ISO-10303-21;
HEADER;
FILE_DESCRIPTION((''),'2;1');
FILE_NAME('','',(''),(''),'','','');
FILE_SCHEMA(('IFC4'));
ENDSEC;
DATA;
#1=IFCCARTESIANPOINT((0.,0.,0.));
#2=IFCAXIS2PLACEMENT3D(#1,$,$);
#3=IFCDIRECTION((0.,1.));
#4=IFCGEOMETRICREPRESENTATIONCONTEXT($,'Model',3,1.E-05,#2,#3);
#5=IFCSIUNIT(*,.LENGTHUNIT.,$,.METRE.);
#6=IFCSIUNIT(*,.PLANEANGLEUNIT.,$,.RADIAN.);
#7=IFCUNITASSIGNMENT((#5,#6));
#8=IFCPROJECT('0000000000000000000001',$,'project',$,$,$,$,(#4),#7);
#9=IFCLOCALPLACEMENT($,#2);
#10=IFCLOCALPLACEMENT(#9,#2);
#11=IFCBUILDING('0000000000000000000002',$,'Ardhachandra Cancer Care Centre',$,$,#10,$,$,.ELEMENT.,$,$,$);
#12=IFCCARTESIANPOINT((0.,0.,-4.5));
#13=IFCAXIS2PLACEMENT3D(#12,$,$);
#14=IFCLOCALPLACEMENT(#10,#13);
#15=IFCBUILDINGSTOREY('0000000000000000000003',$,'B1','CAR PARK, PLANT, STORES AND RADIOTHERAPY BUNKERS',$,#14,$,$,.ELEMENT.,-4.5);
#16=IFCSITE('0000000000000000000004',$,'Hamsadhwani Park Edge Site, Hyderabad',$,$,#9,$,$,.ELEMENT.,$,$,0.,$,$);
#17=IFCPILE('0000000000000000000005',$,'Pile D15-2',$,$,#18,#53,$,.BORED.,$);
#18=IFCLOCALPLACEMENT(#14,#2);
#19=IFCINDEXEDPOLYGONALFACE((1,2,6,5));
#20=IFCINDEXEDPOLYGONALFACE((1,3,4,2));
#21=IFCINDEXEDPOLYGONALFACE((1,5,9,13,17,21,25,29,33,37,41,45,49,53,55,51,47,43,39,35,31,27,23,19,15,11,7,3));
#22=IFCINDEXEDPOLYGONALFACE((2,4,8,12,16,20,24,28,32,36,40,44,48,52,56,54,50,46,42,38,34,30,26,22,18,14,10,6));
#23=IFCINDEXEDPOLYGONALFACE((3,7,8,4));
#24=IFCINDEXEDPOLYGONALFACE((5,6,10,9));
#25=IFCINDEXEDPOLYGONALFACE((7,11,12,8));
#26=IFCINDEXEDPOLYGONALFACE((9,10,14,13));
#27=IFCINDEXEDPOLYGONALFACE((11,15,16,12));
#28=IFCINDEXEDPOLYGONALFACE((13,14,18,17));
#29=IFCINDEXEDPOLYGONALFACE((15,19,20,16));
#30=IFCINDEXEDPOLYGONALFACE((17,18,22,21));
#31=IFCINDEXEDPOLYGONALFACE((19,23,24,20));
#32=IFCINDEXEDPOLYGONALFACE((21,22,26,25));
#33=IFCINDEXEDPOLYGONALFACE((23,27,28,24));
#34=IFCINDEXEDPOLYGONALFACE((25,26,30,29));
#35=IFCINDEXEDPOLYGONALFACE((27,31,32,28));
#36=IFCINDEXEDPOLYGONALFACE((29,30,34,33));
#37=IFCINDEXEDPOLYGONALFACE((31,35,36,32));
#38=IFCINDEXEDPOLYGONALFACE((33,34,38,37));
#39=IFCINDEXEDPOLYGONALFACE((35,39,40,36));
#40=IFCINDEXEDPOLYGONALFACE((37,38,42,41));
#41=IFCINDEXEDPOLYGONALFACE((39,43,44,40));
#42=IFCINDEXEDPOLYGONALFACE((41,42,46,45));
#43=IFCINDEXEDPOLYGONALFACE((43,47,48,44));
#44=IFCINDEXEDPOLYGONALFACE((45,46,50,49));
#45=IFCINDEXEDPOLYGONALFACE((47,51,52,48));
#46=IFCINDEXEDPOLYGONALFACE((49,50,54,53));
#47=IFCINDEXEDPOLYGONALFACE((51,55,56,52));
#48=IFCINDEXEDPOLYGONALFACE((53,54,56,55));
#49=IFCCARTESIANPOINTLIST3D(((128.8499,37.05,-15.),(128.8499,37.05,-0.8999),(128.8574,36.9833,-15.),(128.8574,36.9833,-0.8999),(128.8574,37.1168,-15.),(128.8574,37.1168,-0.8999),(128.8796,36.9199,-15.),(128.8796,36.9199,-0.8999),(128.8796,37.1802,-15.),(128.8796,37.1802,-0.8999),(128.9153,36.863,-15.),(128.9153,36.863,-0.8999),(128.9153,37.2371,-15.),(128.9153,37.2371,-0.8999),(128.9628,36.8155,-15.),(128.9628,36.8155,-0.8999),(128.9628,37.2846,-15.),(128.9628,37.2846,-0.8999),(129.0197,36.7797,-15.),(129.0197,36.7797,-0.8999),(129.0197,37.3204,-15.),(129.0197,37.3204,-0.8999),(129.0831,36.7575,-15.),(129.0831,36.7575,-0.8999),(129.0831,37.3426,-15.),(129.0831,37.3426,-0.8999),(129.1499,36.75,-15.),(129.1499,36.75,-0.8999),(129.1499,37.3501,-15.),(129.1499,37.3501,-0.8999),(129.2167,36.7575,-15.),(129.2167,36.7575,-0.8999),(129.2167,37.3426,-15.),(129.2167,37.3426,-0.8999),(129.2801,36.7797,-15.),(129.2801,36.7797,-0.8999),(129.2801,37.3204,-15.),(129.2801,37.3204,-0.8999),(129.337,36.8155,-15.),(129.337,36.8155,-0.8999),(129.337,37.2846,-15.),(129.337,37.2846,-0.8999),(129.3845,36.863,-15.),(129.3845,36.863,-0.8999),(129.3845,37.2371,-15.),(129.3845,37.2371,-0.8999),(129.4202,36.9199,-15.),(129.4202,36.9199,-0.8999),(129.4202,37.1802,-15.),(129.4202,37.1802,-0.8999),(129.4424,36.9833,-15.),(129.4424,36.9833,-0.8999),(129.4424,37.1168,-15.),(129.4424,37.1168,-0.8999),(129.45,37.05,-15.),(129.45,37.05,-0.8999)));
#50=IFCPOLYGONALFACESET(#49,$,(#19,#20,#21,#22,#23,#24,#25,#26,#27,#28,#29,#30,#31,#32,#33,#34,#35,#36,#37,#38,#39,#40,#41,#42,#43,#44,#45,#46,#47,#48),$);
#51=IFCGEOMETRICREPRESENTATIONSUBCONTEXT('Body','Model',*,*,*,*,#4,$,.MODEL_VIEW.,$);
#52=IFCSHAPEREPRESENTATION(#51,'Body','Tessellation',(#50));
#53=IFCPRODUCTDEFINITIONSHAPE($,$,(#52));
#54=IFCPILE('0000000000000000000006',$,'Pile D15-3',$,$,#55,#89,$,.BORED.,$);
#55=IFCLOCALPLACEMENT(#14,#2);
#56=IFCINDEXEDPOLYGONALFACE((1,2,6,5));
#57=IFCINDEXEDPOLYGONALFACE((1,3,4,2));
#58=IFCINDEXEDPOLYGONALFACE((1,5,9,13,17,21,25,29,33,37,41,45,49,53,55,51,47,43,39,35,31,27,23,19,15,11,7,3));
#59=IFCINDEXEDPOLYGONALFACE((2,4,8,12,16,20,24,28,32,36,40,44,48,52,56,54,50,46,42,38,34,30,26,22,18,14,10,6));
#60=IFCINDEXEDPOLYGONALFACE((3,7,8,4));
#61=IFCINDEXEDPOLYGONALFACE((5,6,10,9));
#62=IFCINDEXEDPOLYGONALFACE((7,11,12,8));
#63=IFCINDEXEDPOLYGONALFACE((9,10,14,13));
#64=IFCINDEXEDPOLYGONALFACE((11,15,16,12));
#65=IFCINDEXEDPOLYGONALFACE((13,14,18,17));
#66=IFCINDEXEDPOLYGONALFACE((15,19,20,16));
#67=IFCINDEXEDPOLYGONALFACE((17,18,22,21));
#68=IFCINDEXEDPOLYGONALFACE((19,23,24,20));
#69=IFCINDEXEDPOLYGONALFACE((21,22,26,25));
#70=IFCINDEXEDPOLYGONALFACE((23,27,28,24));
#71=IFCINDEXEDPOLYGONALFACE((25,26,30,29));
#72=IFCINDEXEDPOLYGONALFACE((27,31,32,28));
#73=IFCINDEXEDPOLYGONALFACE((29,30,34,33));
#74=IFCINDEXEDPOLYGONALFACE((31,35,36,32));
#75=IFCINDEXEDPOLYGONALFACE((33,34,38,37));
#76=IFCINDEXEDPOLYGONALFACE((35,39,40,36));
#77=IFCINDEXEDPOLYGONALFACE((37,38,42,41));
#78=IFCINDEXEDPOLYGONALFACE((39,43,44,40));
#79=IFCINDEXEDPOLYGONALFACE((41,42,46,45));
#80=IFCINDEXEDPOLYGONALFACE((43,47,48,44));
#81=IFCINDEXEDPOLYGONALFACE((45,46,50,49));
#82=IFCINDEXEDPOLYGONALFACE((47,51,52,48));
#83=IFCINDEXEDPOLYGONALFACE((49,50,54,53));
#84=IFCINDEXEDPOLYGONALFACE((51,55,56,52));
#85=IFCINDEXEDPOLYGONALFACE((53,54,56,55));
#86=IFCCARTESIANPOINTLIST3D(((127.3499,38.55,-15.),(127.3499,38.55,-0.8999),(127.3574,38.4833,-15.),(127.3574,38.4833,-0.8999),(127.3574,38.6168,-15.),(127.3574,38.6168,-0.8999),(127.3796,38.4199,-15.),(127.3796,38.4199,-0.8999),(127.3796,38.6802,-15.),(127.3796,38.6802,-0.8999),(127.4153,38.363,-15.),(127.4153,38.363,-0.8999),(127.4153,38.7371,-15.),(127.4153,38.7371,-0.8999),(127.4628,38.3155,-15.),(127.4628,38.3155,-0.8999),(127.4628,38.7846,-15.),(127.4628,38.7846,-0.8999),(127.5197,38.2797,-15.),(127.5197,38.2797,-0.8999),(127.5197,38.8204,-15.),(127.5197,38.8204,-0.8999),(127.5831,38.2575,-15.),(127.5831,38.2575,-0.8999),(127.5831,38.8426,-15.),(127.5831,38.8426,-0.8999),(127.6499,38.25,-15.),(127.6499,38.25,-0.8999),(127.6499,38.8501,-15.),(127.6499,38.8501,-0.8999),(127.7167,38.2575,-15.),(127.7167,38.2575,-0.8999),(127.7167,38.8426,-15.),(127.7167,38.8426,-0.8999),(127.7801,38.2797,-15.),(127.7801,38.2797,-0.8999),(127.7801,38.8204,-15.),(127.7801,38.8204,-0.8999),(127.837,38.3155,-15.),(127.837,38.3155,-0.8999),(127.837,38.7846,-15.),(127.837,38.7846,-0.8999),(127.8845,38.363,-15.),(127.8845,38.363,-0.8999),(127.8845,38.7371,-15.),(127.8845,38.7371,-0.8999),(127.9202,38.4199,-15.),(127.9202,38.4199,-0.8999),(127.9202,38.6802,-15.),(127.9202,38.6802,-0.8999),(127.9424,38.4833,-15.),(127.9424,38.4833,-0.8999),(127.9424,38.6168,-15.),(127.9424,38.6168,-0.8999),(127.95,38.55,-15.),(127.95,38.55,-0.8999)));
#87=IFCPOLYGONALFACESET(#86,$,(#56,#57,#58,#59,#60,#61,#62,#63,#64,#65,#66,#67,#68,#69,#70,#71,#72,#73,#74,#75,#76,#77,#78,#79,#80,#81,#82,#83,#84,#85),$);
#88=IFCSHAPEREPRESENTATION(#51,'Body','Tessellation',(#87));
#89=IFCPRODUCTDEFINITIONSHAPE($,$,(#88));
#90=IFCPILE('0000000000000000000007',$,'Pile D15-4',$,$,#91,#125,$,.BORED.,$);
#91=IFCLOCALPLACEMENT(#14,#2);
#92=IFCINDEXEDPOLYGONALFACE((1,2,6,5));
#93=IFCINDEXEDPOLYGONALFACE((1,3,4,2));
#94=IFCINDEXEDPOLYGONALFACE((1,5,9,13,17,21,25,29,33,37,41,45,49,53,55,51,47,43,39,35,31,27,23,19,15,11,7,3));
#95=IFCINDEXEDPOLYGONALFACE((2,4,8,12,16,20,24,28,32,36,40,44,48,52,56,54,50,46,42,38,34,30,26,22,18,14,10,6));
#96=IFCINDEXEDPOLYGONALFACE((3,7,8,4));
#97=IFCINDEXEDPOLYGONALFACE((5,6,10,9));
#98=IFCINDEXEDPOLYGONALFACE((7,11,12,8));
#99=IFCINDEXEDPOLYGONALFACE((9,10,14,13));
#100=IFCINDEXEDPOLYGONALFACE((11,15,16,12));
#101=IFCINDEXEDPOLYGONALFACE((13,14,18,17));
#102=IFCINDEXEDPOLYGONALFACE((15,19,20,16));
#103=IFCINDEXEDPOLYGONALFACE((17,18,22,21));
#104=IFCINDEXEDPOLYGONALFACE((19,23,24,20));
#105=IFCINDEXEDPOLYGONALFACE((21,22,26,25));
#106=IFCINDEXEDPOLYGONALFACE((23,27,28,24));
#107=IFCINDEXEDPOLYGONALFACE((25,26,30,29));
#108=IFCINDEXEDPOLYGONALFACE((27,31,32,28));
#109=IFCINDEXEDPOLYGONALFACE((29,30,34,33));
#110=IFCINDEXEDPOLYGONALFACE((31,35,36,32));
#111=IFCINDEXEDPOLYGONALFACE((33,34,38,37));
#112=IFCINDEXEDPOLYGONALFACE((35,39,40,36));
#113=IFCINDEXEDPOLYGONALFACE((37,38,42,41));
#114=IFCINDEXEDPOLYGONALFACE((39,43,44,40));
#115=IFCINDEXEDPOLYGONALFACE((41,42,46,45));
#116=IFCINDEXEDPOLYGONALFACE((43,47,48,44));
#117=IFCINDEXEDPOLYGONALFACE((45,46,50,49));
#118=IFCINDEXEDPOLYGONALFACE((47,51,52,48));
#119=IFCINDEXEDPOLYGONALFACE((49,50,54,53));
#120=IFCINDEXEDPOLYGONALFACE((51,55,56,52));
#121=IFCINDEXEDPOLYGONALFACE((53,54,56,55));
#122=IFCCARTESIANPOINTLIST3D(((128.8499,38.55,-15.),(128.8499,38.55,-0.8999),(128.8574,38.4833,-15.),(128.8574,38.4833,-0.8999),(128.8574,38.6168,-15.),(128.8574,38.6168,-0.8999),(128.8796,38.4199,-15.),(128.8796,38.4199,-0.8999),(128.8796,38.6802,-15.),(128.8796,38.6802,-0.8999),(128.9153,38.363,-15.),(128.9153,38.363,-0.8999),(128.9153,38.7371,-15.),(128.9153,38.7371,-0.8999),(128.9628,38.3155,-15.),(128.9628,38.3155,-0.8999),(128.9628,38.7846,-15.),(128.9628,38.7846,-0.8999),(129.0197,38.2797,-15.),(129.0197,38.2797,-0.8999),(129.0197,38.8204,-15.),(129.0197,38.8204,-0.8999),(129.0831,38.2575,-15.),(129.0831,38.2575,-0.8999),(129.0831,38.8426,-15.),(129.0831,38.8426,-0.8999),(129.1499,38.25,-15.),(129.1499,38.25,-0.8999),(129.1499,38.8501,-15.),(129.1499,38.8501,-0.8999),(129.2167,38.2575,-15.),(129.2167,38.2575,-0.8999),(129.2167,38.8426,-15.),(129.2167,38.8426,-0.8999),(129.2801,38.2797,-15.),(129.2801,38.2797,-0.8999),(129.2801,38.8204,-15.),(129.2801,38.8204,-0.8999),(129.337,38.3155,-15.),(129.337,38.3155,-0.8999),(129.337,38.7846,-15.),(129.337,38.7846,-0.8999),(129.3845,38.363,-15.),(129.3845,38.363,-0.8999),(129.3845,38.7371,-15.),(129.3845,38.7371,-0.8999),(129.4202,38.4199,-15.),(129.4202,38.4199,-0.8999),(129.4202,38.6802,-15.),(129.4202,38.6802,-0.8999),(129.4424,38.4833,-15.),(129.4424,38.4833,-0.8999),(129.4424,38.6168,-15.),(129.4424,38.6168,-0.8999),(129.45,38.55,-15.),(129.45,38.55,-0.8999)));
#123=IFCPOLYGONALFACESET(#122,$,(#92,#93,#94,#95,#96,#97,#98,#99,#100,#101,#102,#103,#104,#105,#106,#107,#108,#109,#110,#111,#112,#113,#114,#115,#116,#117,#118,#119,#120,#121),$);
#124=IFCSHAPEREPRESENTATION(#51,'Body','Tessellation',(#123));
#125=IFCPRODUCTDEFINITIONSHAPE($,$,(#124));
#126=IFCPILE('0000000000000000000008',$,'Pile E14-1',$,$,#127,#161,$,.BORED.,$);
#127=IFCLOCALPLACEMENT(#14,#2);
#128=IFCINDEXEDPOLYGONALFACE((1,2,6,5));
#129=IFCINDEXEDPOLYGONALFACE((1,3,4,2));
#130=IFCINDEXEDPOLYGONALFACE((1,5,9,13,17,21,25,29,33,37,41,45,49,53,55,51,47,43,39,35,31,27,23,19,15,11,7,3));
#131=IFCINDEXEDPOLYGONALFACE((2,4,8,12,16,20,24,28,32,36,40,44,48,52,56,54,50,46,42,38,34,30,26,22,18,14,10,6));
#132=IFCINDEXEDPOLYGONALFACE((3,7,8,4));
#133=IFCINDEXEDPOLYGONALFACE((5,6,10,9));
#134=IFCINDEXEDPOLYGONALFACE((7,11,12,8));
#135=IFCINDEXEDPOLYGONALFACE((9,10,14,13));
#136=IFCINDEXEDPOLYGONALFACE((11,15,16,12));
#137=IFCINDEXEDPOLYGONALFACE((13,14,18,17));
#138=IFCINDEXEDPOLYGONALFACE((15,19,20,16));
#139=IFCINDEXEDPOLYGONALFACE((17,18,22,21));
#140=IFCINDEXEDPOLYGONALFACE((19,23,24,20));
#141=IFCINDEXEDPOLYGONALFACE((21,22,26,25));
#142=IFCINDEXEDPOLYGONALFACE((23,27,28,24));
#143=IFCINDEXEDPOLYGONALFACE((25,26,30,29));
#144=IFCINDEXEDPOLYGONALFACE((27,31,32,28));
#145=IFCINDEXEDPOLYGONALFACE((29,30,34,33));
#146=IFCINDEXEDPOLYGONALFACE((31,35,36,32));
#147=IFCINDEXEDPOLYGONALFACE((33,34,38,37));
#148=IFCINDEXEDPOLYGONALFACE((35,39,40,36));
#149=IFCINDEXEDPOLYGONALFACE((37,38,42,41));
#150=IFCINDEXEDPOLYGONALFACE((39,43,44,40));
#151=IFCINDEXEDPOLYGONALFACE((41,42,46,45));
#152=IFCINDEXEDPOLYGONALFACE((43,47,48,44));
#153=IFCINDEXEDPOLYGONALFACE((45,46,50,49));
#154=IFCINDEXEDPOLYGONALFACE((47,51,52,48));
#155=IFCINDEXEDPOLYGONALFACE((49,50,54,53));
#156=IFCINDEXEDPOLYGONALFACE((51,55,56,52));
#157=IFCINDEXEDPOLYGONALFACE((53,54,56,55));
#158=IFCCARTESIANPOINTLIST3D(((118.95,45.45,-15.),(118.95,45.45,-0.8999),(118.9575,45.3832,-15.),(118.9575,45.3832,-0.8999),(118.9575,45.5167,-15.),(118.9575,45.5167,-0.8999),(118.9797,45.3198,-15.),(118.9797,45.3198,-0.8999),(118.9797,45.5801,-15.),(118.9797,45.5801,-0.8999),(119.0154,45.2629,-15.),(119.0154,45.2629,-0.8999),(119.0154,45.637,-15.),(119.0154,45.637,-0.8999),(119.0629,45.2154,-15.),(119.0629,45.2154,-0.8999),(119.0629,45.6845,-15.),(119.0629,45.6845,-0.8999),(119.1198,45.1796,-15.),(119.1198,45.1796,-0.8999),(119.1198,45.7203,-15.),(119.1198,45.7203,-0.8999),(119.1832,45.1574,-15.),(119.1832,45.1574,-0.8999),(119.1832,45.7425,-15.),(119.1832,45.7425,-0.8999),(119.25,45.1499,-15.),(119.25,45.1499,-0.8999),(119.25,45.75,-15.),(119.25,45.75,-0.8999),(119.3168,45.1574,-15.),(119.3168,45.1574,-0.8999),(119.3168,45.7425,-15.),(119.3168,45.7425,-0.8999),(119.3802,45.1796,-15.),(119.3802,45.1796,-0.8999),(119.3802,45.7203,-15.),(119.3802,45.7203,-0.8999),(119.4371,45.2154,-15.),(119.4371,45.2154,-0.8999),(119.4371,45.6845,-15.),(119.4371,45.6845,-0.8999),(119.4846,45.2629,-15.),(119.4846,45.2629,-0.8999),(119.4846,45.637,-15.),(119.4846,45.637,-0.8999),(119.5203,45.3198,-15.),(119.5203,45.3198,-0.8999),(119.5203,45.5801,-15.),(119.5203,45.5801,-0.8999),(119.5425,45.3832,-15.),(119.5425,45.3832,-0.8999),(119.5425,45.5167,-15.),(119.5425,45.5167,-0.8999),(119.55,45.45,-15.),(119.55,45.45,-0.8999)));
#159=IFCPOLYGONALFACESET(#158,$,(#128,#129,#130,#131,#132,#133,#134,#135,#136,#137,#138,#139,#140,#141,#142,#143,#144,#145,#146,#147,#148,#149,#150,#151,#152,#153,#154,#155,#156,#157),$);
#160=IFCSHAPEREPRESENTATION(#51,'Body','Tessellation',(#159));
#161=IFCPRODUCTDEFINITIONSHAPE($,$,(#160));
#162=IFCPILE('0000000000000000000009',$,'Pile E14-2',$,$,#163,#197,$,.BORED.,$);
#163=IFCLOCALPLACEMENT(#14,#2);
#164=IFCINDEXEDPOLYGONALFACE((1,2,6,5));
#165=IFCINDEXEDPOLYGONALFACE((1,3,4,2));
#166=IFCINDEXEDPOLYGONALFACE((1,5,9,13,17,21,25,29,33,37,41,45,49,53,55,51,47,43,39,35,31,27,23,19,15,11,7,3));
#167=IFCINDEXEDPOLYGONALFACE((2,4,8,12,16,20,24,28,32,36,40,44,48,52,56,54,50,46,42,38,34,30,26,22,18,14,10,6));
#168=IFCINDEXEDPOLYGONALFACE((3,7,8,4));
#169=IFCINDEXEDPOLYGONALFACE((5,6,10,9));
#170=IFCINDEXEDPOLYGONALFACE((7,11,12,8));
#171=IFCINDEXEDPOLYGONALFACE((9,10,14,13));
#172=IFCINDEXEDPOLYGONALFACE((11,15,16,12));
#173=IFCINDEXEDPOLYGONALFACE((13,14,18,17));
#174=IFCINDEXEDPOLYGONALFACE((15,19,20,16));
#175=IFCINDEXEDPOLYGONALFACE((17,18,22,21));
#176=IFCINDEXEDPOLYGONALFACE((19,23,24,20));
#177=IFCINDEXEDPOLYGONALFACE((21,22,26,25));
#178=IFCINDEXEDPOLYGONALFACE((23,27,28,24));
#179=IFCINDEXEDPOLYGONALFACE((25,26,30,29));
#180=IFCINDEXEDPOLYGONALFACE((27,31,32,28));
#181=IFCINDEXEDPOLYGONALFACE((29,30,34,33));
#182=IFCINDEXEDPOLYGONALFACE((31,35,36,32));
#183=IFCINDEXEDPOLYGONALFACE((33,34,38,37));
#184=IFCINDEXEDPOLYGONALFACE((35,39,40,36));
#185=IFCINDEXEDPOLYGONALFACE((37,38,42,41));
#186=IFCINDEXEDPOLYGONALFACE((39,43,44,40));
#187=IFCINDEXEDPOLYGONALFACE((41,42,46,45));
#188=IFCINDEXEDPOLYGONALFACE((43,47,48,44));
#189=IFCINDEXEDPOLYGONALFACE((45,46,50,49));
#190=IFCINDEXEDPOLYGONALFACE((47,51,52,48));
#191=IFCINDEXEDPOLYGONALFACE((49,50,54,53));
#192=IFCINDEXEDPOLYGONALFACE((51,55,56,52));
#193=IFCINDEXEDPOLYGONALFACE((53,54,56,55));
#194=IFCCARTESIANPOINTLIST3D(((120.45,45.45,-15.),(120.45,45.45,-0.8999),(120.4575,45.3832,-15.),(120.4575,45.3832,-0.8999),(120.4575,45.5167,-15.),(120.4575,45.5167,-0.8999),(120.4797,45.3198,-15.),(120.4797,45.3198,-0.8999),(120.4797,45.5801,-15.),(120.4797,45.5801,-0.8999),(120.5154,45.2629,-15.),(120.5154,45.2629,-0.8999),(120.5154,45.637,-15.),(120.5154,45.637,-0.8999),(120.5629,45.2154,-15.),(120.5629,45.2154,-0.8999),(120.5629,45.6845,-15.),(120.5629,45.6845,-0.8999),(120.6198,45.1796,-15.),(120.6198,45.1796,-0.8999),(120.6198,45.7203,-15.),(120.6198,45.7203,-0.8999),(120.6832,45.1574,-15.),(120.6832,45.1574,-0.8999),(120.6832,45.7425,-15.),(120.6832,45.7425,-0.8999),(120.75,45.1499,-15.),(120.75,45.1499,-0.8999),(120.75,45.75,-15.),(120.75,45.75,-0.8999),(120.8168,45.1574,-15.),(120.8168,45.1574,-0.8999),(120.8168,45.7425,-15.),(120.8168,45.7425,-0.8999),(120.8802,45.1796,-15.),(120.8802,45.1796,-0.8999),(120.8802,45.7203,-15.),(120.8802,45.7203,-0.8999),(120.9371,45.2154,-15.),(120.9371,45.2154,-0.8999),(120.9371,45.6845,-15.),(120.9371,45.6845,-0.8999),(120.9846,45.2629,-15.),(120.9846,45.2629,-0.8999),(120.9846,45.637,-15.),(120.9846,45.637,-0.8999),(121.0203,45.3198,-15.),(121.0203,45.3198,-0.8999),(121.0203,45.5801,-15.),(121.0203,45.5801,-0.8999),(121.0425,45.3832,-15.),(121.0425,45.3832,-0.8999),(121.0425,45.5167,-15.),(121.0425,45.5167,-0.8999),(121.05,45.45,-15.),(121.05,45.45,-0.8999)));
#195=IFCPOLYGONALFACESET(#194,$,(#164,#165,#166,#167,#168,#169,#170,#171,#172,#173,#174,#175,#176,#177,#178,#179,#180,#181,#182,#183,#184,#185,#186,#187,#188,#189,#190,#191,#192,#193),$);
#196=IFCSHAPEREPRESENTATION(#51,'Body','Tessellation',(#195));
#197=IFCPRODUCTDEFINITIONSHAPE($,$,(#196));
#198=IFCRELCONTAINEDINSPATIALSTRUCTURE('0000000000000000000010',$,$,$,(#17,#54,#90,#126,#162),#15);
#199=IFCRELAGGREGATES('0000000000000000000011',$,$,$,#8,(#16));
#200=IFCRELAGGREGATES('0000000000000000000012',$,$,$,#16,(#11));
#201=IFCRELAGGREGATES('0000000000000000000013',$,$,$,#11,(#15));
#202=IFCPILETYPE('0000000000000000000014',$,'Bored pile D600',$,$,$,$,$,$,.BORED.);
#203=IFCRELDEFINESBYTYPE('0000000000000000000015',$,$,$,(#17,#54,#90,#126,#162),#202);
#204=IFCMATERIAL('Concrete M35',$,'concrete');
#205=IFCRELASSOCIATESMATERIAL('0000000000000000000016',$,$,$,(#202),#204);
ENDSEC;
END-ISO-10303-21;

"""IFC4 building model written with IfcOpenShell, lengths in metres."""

from ifc_helpers import new_model, si_unit, direction, frame, origin, origin_2d, place, context, subcontext, project, spatial, circle, extrude, material, material_profile, profile_set, type_object, element, save


model = new_model("IFC4")

# Units and contexts
model_context = context("Model", 3, precision=1e-05, world=origin(), true_north=direction((0.0, 1.0)))
body_context = subcontext(model_context, "Body", "Model", "MODEL_VIEW")
ifc_project = project(units=[si_unit("LENGTHUNIT", "METRE"), si_unit("PLANEANGLEUNIT", "RADIAN")], contexts=[model_context])

# Site, building, storey
site_placement = place(None, origin())
site = spatial("IfcSite", under=ifc_project, at=site_placement, Name="Hamsadhwani Park Edge Site, Hyderabad", CompositionType="ELEMENT", RefElevation=0.0)
building_placement = place(site_placement, origin())
building = spatial("IfcBuilding", under=site, at=building_placement, Name="Ardhachandra Cancer Care Centre", CompositionType="ELEMENT")
storey_placement = place(building_placement, frame((0.0, 0.0, -4.5)))
storey = spatial("IfcBuildingStorey", under=building, at=storey_placement, Name="B1", Description="CAR PARK, PLANT, STORES AND RADIOTHERAPY BUNKERS", CompositionType="ELEMENT", Elevation=-4.5)

# Piles
ifc_material_1 = material(Name="Concrete M35", Category="concrete")
ifc_material_profile_1 = material_profile(ifc_material_1, circle(Radius=0.3, at=origin_2d()), Name="D600")
ifc_profile_set_1 = profile_set([ifc_material_profile_1], Name="Concrete M35")
pile_type_1 = type_object("IfcPileType", Name="Bored pile D600", PredefinedType="BORED", material=ifc_profile_set_1)
for number, where, z_axis, x_axis, name in (
    (1, (129.1499, 37.05, -0.8999), (0.0, 0.0, -1.0), (1.0, 0.0, 0.0), "Pile D15-2"),
    (2, (127.6499, 38.55, -0.8999), (0.0, 0.0, -1.0), (1.0, 0.0, 0.0), "Pile D15-3"),
    (3, (129.1499, 38.55, -0.8999), (0.0, 0.0, -1.0), (1.0, 0.0, 0.0), "Pile D15-4"),
    (4, (119.25, 45.45, -0.8999), (0.0, 0.0, -1.0), (1.0, 0.0, 0.0), "Pile E14-1"),
    (5, (120.75, 45.45, -0.8999), (0.0, 0.0, -1.0), (1.0, 0.0, 0.0), "Pile E14-2"),
):
    element("IfcPile", number, at=place(storey_placement, frame(where, z_axis=z_axis, x_axis=x_axis)), inside=storey, type_object=pile_type_1, Name=name, PredefinedType="BORED", context=body_context, shape_type="SweptSolid", body=[
        extrude(circle(Radius=0.3, at=origin_2d()), origin(), (0.0, 0.0, 1.0), 14.1001),
    ])

save(model, "model.ifc")
